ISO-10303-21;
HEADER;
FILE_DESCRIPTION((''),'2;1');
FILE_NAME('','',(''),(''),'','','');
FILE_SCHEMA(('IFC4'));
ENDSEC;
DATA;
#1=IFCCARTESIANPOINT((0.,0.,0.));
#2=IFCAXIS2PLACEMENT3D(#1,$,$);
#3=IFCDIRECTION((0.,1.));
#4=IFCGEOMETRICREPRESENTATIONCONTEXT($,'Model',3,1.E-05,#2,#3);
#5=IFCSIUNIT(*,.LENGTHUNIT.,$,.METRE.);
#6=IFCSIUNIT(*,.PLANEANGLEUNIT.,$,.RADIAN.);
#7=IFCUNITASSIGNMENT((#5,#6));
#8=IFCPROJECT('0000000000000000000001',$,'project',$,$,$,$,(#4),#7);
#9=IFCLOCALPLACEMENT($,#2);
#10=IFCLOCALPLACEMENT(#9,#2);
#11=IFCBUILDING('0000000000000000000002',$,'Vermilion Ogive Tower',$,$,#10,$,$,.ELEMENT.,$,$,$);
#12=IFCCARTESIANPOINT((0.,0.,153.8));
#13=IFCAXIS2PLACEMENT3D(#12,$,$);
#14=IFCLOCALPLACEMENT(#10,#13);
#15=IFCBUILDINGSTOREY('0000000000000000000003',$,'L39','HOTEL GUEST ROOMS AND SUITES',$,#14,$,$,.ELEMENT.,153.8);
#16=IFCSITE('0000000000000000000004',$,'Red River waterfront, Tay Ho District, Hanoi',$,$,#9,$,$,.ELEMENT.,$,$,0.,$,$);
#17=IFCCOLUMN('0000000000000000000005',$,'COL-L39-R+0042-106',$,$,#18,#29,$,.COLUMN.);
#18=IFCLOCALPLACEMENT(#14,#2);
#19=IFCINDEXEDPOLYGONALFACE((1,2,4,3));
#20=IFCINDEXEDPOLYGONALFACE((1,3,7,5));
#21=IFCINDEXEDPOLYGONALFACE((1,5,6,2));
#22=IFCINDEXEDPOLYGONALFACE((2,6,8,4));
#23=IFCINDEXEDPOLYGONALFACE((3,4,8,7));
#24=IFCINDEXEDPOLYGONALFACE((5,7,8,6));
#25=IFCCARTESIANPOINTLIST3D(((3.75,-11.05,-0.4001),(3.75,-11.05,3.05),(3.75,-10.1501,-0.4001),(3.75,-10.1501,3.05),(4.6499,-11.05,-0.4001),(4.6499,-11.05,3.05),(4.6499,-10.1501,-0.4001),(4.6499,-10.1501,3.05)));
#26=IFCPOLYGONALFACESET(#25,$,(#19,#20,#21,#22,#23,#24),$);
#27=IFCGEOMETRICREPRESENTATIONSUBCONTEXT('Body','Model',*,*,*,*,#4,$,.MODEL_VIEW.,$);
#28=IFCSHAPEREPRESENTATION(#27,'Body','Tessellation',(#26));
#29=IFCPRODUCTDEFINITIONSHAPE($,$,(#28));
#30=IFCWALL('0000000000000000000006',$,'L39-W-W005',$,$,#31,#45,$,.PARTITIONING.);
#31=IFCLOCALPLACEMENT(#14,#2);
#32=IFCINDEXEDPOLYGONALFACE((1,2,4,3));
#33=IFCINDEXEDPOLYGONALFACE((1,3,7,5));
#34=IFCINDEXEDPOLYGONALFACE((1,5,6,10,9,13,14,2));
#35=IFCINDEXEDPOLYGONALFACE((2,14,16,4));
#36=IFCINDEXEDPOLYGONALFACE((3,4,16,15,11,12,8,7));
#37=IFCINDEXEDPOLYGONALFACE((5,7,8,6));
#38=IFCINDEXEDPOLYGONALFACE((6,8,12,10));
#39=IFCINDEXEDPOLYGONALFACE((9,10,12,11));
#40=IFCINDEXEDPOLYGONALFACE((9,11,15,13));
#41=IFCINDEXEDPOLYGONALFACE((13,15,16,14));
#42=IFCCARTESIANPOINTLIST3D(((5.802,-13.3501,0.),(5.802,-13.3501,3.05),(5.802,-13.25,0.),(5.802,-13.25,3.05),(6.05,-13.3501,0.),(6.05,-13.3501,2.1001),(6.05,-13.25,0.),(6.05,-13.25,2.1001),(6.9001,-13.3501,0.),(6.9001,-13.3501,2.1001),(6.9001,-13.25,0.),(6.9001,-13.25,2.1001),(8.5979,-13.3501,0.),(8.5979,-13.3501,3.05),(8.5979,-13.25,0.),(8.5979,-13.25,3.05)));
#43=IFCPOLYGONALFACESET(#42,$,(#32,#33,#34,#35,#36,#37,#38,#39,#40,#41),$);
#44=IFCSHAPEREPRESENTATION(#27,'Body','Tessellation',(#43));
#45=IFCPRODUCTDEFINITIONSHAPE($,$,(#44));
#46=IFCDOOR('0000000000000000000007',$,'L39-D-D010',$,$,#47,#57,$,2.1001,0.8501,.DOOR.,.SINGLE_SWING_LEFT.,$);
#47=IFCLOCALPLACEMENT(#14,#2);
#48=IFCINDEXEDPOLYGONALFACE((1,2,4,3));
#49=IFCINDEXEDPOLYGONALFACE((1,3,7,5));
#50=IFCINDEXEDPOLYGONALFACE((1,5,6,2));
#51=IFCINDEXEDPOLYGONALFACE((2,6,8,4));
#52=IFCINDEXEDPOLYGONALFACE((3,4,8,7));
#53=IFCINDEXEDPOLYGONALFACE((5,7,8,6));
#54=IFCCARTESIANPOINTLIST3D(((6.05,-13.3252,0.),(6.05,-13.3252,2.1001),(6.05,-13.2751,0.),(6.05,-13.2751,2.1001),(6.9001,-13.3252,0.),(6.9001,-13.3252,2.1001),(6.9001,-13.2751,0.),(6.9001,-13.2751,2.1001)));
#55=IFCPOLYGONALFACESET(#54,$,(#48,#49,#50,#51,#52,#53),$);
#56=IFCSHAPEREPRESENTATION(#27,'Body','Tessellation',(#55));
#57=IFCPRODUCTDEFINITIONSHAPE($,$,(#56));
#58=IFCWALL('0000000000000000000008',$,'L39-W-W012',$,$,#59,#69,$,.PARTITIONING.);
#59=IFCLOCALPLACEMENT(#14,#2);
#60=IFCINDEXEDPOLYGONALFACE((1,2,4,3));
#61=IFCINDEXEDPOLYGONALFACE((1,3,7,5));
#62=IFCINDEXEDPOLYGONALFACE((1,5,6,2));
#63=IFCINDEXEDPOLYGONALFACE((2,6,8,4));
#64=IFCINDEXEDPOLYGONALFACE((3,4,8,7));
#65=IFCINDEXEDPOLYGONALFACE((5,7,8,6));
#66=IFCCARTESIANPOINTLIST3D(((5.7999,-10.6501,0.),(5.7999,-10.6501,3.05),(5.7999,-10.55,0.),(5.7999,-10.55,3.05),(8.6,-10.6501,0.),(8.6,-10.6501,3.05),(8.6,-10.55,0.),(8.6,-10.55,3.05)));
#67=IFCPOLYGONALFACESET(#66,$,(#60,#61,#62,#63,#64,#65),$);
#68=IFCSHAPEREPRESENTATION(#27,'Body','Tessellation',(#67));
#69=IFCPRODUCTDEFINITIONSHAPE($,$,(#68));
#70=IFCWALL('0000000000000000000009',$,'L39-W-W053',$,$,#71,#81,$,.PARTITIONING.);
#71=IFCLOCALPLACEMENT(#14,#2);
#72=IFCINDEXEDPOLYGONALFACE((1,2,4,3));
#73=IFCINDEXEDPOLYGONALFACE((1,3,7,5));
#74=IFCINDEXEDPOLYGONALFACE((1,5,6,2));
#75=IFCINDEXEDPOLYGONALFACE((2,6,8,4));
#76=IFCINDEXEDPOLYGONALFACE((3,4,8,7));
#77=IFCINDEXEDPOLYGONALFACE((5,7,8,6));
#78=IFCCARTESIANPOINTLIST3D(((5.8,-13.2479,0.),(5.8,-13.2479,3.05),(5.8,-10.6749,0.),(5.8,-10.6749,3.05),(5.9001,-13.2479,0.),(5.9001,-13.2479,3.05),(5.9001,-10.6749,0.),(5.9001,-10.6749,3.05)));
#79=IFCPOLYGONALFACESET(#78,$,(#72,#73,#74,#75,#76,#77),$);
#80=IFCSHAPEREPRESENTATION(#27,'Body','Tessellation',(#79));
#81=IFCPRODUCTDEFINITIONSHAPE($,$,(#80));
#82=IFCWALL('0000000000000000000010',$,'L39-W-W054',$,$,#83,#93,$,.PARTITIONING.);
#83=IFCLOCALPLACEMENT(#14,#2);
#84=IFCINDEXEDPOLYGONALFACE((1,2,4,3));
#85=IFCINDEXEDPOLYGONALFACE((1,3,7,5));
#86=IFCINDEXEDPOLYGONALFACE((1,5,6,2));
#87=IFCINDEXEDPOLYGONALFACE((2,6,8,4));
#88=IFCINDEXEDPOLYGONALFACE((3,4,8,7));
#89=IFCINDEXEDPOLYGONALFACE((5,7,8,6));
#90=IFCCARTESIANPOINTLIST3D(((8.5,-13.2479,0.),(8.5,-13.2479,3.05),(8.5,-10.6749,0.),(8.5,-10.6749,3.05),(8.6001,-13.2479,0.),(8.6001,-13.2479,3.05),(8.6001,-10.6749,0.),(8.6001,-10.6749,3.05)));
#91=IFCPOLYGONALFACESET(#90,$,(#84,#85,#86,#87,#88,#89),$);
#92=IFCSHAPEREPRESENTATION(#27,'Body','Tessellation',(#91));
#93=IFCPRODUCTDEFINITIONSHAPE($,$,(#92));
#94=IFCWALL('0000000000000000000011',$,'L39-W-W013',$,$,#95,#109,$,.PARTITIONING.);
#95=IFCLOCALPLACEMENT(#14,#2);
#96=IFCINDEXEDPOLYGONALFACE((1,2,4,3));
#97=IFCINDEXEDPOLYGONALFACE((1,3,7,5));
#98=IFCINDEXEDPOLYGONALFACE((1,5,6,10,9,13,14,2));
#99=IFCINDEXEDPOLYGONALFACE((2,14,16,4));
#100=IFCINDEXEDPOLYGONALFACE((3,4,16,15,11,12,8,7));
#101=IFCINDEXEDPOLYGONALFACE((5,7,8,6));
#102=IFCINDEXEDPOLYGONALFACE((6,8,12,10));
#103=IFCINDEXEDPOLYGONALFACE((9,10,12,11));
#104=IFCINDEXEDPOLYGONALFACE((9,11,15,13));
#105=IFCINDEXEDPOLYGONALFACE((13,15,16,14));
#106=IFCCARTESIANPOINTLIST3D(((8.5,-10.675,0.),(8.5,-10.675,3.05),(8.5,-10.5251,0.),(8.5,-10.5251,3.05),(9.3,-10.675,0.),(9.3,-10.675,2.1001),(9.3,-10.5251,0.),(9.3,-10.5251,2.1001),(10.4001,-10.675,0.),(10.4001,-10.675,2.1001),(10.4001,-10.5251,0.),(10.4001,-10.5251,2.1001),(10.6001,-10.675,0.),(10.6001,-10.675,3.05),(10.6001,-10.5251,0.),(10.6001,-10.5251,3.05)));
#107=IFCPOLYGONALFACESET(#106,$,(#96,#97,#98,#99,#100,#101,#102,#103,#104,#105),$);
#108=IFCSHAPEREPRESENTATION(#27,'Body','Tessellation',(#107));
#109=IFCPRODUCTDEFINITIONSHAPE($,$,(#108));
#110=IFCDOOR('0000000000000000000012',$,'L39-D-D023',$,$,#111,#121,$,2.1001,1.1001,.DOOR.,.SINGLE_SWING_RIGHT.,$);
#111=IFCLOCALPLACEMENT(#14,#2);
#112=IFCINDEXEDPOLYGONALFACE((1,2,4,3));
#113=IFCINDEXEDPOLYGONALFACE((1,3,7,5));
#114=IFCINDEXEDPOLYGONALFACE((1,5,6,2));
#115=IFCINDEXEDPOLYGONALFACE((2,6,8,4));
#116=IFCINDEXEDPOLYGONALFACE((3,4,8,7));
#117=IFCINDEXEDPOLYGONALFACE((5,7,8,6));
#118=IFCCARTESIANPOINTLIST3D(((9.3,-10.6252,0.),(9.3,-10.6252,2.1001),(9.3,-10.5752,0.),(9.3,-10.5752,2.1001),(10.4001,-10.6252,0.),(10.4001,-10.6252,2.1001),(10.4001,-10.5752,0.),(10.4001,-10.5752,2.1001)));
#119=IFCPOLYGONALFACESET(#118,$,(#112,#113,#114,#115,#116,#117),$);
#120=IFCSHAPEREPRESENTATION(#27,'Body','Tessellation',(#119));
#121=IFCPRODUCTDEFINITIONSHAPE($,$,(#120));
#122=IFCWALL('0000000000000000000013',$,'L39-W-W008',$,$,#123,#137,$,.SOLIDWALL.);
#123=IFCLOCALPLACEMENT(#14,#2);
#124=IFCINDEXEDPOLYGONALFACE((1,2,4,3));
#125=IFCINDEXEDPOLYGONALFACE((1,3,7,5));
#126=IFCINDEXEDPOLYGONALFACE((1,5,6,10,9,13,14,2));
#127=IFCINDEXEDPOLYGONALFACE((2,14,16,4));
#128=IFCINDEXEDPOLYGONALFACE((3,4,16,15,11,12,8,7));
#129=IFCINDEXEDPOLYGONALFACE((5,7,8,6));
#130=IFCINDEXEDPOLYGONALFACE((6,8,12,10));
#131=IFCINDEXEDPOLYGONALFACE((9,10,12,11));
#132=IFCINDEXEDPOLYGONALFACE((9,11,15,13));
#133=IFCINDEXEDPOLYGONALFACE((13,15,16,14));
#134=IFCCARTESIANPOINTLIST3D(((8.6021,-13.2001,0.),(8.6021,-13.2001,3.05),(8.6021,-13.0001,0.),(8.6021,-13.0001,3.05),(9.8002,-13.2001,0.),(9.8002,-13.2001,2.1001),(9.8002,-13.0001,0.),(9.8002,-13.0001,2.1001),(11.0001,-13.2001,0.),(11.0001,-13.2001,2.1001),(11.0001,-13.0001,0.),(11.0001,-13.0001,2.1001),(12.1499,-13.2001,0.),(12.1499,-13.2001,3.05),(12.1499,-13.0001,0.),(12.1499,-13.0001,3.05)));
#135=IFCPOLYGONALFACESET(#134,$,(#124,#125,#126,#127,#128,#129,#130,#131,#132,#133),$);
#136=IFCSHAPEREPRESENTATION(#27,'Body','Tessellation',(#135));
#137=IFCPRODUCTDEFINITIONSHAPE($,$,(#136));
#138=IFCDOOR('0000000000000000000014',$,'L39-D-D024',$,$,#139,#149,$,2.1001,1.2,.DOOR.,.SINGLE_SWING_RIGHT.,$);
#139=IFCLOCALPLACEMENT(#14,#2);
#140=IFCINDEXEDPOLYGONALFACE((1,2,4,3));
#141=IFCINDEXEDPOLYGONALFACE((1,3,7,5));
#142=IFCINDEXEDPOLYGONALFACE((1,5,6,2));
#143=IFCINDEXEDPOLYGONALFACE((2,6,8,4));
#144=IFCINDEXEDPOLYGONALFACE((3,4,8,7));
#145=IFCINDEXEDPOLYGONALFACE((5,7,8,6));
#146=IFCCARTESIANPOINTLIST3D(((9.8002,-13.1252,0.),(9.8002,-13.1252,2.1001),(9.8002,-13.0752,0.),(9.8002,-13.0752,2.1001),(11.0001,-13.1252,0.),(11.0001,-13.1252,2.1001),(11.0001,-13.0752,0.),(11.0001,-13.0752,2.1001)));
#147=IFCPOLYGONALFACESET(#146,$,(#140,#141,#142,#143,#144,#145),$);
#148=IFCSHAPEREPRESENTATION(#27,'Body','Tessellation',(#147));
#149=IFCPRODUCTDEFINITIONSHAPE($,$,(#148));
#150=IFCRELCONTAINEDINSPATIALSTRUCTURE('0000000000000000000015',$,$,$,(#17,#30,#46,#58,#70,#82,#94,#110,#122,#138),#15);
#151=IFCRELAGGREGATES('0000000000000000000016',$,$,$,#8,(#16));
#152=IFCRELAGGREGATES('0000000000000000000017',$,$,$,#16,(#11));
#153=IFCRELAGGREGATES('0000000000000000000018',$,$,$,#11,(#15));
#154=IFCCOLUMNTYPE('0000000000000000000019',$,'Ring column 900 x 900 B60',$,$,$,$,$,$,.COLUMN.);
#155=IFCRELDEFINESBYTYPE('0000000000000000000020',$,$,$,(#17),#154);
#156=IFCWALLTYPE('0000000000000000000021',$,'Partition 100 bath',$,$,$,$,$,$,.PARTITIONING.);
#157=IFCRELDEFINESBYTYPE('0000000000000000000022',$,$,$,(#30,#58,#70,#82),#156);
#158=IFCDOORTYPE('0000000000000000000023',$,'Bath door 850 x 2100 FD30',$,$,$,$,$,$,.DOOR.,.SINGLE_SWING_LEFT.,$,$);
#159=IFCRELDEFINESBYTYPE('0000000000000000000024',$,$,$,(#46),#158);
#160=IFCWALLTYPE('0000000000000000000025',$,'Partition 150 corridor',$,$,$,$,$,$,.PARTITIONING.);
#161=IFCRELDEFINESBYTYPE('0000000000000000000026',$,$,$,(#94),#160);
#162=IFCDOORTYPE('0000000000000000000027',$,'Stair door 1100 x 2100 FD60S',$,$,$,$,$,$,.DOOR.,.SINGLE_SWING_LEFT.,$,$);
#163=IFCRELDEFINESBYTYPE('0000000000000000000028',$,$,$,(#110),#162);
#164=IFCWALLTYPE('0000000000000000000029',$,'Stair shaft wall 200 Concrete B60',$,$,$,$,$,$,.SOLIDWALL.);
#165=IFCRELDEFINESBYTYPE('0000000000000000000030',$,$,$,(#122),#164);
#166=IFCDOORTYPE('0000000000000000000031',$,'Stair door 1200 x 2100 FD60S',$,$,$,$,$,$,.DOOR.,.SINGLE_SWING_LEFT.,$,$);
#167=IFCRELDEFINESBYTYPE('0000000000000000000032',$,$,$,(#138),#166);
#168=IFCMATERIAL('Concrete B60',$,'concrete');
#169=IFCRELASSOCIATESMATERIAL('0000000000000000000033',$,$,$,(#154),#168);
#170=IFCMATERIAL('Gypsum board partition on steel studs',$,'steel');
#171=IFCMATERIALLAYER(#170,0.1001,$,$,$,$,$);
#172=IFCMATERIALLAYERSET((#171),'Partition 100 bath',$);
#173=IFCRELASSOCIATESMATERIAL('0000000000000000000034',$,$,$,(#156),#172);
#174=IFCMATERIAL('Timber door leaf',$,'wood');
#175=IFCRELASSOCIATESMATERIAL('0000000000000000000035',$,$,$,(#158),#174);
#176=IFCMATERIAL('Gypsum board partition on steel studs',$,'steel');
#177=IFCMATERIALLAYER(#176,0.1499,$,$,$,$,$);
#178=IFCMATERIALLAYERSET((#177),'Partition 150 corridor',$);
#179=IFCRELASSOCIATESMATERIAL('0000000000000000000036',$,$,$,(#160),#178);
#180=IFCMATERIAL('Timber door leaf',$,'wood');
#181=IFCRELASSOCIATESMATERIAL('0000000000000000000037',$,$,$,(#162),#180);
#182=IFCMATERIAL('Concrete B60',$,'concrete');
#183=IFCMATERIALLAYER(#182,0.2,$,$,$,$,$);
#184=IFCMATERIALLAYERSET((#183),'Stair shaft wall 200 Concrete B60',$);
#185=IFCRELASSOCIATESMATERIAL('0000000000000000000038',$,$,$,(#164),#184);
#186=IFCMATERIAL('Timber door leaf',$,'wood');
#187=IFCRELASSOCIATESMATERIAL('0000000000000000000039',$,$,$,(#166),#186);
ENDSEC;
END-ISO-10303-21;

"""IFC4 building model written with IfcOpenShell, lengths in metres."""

from ifc_helpers import new_model, si_unit, direction, frame, frame_2d, origin, origin_2d, place, context, subcontext, project, spatial, rectangle, extrude, material, layer, layer_set, material_profile, profile_set, type_object, element, fill, save


model = new_model("IFC4")

# Units and contexts
model_context = context("Model", 3, precision=1e-05, world=origin(), true_north=direction((0.0, 1.0)))
body_context = subcontext(model_context, "Body", "Model", "MODEL_VIEW")
ifc_project = project(units=[si_unit("LENGTHUNIT", "METRE"), si_unit("PLANEANGLEUNIT", "RADIAN")], contexts=[model_context])

# Site, building, storey
site_placement = place(None, origin())
site = spatial("IfcSite", under=ifc_project, at=site_placement, Name="Red River waterfront, Tay Ho District, Hanoi", CompositionType="ELEMENT", RefElevation=0.0)
building_placement = place(site_placement, origin())
building = spatial("IfcBuilding", under=site, at=building_placement, Name="Vermilion Ogive Tower", CompositionType="ELEMENT")
storey_placement = place(building_placement, frame((0.0, 0.0, 153.8)))
storey = spatial("IfcBuildingStorey", under=building, at=storey_placement, Name="L39", Description="HOTEL GUEST ROOMS AND SUITES", CompositionType="ELEMENT", Elevation=153.8)

# Column
ifc_material_1 = material(Name="Concrete B60", Category="concrete")
ifc_material_profile = material_profile(ifc_material_1, rectangle(XDim=0.8999, YDim=0.8999, at=origin_2d()), Name="900 x 900")
ifc_profile_set = profile_set([ifc_material_profile], Name="Concrete B60")
column_type = type_object("IfcColumnType", Name="Ring column 900 x 900 B60", PredefinedType="COLUMN", material=ifc_profile_set)
column_placement = place(storey_placement, frame((4.2, -10.6001, -0.4001), z_axis=(0.0, 0.0, 1.0), x_axis=(1.0, 0.0, 0.0)))
element("IfcColumn", 1, at=column_placement, inside=storey, type_object=column_type, Name="COL-L39-R+0042-106", PredefinedType="COLUMN", context=body_context, shape_type="SweptSolid", body=[
    extrude(rectangle(XDim=0.8999, YDim=0.8999, at=origin_2d()), origin(), (0.0, 0.0, 1.0), 3.4502),
])

# Wall, opening, door
ifc_material_2 = material(Name="Gypsum board partition on steel studs", Category="steel")
ifc_layer_1 = layer(ifc_material_2, 0.1001)
ifc_layer_set_1 = layer_set([ifc_layer_1], Name="Partition 100 bath")
wall_type_1 = type_object("IfcWallType", Name="Partition 100 bath", PredefinedType="PARTITIONING", material=ifc_layer_set_1)
wall_1_placement = place(storey_placement, frame((5.802, -13.3, 0.0), z_axis=(0.0, 0.0, 1.0), x_axis=(1.0, 0.0, 0.0)))
wall_1 = element("IfcWall", 2, at=wall_1_placement, inside=storey, type_object=wall_type_1, Name="L39-W-W005", PredefinedType="PARTITIONING", context=body_context, shape_type="SweptSolid", body=[
    extrude(rectangle(XDim=2.7959, YDim=0.1001, at=frame_2d((1.3979, 0.0))), origin(), (0.0, 0.0, 1.0), 3.05),
])
opening_1_placement = place(wall_1_placement, frame((0.248, 0.0, 0.0)))
opening_1 = element("IfcOpeningElement", 3, at=opening_1_placement, cuts=wall_1, PredefinedType="OPENING", context=body_context, shape_type="SweptSolid", body=[
    extrude(rectangle(XDim=0.8501, YDim=2.1001, at=frame_2d((0.425, 1.05))), frame((0.0, 0.0601, 0.0), z_axis=(0.0, -1.0, 0.0), x_axis=(1.0, 0.0, 0.0)), (0.0, 0.0, 1.0), 0.1201),
])
ifc_material_3 = material(Name="Timber door leaf", Category="wood")
door_type_1 = type_object("IfcDoorType", Name="Bath door 850 x 2100 FD30", OperationType="SINGLE_SWING_LEFT", PredefinedType="DOOR", material=ifc_material_3)
door_1_placement = place(opening_1_placement, origin())
door_1 = element("IfcDoor", 4, at=door_1_placement, inside=storey, type_object=door_type_1, Name="L39-D-D010", OperationType="SINGLE_SWING_LEFT", OverallHeight=2.1001, OverallWidth=0.8501, PredefinedType="DOOR", context=body_context, shape_type="SweptSolid", body=[
    extrude(rectangle(XDim=0.8501, YDim=2.1001, at=frame_2d((0.425, 1.05))), frame((0.0, 0.0249, 0.0), z_axis=(0.0, -1.0, 0.0), x_axis=(1.0, 0.0, 0.0)), (0.0, 0.0, 1.0), 0.05),
])
fill(opening_1, door_1)

# Walls
wall_2_placement = place(storey_placement, frame((5.8, -10.6001, 0.0), z_axis=(0.0, 0.0, 1.0), x_axis=(1.0, 0.0, 0.0)))
element("IfcWall", 5, at=wall_2_placement, inside=storey, type_object=wall_type_1, Name="L39-W-W012", PredefinedType="PARTITIONING", context=body_context, shape_type="SweptSolid", body=[
    extrude(rectangle(XDim=2.8, YDim=0.1001, at=frame_2d((1.3999, 0.0))), origin(), (0.0, 0.0, 1.0), 3.05),
])
for number, where, z_axis, x_axis, name in (
    (6, (5.8501, -13.248, 0.0), (0.0, 0.0, 1.0), (0.0, 1.0, 0.0), "L39-W-W053"),
    (7, (8.55, -13.248, 0.0), (0.0, 0.0, 1.0), (0.0, 1.0, 0.0), "L39-W-W054"),
):
    element("IfcWall", number, at=place(storey_placement, frame(where, z_axis=z_axis, x_axis=x_axis)), inside=storey, type_object=wall_type_1, Name=name, PredefinedType="PARTITIONING", context=body_context, shape_type="SweptSolid", body=[
        extrude(rectangle(XDim=2.573, YDim=0.1001, at=frame_2d((1.2866, 0.0))), origin(), (0.0, 0.0, 1.0), 3.05),
    ])

# Walls, openings, doors
ifc_material_4 = material(Name="Gypsum board partition on steel studs", Category="steel")
ifc_layer_2 = layer(ifc_material_4, 0.1499)
ifc_layer_set_2 = layer_set([ifc_layer_2], Name="Partition 150 corridor")
wall_type_2 = type_object("IfcWallType", Name="Partition 150 corridor", PredefinedType="PARTITIONING", material=ifc_layer_set_2)
wall_3_placement = place(storey_placement, frame((8.5, -10.6001, 0.0), z_axis=(0.0, 0.0, 1.0), x_axis=(1.0, 0.0, 0.0)))
wall_3 = element("IfcWall", 8, at=wall_3_placement, inside=storey, type_object=wall_type_2, Name="L39-W-W013", PredefinedType="PARTITIONING", context=body_context, shape_type="SweptSolid", body=[
    extrude(rectangle(XDim=2.1001, YDim=0.1499, at=frame_2d((1.05, 0.0))), origin(), (0.0, 0.0, 1.0), 3.05),
])
opening_2_placement = place(wall_3_placement, frame((0.8, 0.0, 0.0)))
opening_2 = element("IfcOpeningElement", 9, at=opening_2_placement, cuts=wall_3, PredefinedType="OPENING", context=body_context, shape_type="SweptSolid", body=[
    extrude(rectangle(XDim=1.1001, YDim=2.1001, at=frame_2d((0.55, 1.05))), frame((0.0, 0.085, 0.0), z_axis=(0.0, -1.0, 0.0), x_axis=(1.0, 0.0, 0.0)), (0.0, 0.0, 1.0), 0.1699),
])
ifc_material_5 = material(Name="Timber door leaf", Category="wood")
door_type_2 = type_object("IfcDoorType", Name="Stair door 1100 x 2100 FD60S", OperationType="SINGLE_SWING_LEFT", PredefinedType="DOOR", material=ifc_material_5)
door_2_placement = place(opening_2_placement, origin())
door_2 = element("IfcDoor", 10, at=door_2_placement, inside=storey, type_object=door_type_2, Name="L39-D-D023", OperationType="SINGLE_SWING_RIGHT", OverallHeight=2.1001, OverallWidth=1.1001, PredefinedType="DOOR", context=body_context, shape_type="SweptSolid", body=[
    extrude(rectangle(XDim=1.1001, YDim=2.1001, at=frame_2d((0.55, 1.05))), frame((0.0, 0.0249, 0.0), z_axis=(0.0, -1.0, 0.0), x_axis=(1.0, 0.0, 0.0)), (0.0, 0.0, 1.0), 0.05),
])
fill(opening_2, door_2)
ifc_material_6 = material(Name="Concrete B60", Category="concrete")
ifc_layer_3 = layer(ifc_material_6, 0.2)
ifc_layer_set_3 = layer_set([ifc_layer_3], Name="Stair shaft wall 200 Concrete B60")
wall_type_3 = type_object("IfcWallType", Name="Stair shaft wall 200 Concrete B60", PredefinedType="SOLIDWALL", material=ifc_layer_set_3)
wall_4_placement = place(storey_placement, frame((8.6021, -13.1001, 0.0), z_axis=(0.0, 0.0, 1.0), x_axis=(1.0, 0.0, 0.0)))
wall_4 = element("IfcWall", 11, at=wall_4_placement, inside=storey, type_object=wall_type_3, Name="L39-W-W008", PredefinedType="SOLIDWALL", context=body_context, shape_type="SweptSolid", body=[
    extrude(rectangle(XDim=3.5479, YDim=0.2, at=frame_2d((1.7739, 0.0))), origin(), (0.0, 0.0, 1.0), 3.05),
])
opening_3_placement = place(wall_4_placement, frame((1.198, 0.0, 0.0)))
opening_3 = element("IfcOpeningElement", 12, at=opening_3_placement, cuts=wall_4, PredefinedType="OPENING", context=body_context, shape_type="SweptSolid", body=[
    extrude(rectangle(XDim=1.2, YDim=2.1001, at=frame_2d((0.6001, 1.05))), frame((0.0, 0.1099, 0.0), z_axis=(0.0, -1.0, 0.0), x_axis=(1.0, 0.0, 0.0)), (0.0, 0.0, 1.0), 0.22),
])
ifc_material_7 = material(Name="Timber door leaf", Category="wood")
door_type_3 = type_object("IfcDoorType", Name="Stair door 1200 x 2100 FD60S", OperationType="SINGLE_SWING_LEFT", PredefinedType="DOOR", material=ifc_material_7)
door_3_placement = place(opening_3_placement, origin())
door_3 = element("IfcDoor", 13, at=door_3_placement, inside=storey, type_object=door_type_3, Name="L39-D-D024", OperationType="SINGLE_SWING_RIGHT", OverallHeight=2.1001, OverallWidth=1.2, PredefinedType="DOOR", context=body_context, shape_type="SweptSolid", body=[
    extrude(rectangle(XDim=1.2, YDim=2.1001, at=frame_2d((0.6001, 1.05))), frame((0.0, 0.0249, 0.0), z_axis=(0.0, -1.0, 0.0), x_axis=(1.0, 0.0, 0.0)), (0.0, 0.0, 1.0), 0.05),
])
fill(opening_3, door_3)

save(model, "model.ifc")
